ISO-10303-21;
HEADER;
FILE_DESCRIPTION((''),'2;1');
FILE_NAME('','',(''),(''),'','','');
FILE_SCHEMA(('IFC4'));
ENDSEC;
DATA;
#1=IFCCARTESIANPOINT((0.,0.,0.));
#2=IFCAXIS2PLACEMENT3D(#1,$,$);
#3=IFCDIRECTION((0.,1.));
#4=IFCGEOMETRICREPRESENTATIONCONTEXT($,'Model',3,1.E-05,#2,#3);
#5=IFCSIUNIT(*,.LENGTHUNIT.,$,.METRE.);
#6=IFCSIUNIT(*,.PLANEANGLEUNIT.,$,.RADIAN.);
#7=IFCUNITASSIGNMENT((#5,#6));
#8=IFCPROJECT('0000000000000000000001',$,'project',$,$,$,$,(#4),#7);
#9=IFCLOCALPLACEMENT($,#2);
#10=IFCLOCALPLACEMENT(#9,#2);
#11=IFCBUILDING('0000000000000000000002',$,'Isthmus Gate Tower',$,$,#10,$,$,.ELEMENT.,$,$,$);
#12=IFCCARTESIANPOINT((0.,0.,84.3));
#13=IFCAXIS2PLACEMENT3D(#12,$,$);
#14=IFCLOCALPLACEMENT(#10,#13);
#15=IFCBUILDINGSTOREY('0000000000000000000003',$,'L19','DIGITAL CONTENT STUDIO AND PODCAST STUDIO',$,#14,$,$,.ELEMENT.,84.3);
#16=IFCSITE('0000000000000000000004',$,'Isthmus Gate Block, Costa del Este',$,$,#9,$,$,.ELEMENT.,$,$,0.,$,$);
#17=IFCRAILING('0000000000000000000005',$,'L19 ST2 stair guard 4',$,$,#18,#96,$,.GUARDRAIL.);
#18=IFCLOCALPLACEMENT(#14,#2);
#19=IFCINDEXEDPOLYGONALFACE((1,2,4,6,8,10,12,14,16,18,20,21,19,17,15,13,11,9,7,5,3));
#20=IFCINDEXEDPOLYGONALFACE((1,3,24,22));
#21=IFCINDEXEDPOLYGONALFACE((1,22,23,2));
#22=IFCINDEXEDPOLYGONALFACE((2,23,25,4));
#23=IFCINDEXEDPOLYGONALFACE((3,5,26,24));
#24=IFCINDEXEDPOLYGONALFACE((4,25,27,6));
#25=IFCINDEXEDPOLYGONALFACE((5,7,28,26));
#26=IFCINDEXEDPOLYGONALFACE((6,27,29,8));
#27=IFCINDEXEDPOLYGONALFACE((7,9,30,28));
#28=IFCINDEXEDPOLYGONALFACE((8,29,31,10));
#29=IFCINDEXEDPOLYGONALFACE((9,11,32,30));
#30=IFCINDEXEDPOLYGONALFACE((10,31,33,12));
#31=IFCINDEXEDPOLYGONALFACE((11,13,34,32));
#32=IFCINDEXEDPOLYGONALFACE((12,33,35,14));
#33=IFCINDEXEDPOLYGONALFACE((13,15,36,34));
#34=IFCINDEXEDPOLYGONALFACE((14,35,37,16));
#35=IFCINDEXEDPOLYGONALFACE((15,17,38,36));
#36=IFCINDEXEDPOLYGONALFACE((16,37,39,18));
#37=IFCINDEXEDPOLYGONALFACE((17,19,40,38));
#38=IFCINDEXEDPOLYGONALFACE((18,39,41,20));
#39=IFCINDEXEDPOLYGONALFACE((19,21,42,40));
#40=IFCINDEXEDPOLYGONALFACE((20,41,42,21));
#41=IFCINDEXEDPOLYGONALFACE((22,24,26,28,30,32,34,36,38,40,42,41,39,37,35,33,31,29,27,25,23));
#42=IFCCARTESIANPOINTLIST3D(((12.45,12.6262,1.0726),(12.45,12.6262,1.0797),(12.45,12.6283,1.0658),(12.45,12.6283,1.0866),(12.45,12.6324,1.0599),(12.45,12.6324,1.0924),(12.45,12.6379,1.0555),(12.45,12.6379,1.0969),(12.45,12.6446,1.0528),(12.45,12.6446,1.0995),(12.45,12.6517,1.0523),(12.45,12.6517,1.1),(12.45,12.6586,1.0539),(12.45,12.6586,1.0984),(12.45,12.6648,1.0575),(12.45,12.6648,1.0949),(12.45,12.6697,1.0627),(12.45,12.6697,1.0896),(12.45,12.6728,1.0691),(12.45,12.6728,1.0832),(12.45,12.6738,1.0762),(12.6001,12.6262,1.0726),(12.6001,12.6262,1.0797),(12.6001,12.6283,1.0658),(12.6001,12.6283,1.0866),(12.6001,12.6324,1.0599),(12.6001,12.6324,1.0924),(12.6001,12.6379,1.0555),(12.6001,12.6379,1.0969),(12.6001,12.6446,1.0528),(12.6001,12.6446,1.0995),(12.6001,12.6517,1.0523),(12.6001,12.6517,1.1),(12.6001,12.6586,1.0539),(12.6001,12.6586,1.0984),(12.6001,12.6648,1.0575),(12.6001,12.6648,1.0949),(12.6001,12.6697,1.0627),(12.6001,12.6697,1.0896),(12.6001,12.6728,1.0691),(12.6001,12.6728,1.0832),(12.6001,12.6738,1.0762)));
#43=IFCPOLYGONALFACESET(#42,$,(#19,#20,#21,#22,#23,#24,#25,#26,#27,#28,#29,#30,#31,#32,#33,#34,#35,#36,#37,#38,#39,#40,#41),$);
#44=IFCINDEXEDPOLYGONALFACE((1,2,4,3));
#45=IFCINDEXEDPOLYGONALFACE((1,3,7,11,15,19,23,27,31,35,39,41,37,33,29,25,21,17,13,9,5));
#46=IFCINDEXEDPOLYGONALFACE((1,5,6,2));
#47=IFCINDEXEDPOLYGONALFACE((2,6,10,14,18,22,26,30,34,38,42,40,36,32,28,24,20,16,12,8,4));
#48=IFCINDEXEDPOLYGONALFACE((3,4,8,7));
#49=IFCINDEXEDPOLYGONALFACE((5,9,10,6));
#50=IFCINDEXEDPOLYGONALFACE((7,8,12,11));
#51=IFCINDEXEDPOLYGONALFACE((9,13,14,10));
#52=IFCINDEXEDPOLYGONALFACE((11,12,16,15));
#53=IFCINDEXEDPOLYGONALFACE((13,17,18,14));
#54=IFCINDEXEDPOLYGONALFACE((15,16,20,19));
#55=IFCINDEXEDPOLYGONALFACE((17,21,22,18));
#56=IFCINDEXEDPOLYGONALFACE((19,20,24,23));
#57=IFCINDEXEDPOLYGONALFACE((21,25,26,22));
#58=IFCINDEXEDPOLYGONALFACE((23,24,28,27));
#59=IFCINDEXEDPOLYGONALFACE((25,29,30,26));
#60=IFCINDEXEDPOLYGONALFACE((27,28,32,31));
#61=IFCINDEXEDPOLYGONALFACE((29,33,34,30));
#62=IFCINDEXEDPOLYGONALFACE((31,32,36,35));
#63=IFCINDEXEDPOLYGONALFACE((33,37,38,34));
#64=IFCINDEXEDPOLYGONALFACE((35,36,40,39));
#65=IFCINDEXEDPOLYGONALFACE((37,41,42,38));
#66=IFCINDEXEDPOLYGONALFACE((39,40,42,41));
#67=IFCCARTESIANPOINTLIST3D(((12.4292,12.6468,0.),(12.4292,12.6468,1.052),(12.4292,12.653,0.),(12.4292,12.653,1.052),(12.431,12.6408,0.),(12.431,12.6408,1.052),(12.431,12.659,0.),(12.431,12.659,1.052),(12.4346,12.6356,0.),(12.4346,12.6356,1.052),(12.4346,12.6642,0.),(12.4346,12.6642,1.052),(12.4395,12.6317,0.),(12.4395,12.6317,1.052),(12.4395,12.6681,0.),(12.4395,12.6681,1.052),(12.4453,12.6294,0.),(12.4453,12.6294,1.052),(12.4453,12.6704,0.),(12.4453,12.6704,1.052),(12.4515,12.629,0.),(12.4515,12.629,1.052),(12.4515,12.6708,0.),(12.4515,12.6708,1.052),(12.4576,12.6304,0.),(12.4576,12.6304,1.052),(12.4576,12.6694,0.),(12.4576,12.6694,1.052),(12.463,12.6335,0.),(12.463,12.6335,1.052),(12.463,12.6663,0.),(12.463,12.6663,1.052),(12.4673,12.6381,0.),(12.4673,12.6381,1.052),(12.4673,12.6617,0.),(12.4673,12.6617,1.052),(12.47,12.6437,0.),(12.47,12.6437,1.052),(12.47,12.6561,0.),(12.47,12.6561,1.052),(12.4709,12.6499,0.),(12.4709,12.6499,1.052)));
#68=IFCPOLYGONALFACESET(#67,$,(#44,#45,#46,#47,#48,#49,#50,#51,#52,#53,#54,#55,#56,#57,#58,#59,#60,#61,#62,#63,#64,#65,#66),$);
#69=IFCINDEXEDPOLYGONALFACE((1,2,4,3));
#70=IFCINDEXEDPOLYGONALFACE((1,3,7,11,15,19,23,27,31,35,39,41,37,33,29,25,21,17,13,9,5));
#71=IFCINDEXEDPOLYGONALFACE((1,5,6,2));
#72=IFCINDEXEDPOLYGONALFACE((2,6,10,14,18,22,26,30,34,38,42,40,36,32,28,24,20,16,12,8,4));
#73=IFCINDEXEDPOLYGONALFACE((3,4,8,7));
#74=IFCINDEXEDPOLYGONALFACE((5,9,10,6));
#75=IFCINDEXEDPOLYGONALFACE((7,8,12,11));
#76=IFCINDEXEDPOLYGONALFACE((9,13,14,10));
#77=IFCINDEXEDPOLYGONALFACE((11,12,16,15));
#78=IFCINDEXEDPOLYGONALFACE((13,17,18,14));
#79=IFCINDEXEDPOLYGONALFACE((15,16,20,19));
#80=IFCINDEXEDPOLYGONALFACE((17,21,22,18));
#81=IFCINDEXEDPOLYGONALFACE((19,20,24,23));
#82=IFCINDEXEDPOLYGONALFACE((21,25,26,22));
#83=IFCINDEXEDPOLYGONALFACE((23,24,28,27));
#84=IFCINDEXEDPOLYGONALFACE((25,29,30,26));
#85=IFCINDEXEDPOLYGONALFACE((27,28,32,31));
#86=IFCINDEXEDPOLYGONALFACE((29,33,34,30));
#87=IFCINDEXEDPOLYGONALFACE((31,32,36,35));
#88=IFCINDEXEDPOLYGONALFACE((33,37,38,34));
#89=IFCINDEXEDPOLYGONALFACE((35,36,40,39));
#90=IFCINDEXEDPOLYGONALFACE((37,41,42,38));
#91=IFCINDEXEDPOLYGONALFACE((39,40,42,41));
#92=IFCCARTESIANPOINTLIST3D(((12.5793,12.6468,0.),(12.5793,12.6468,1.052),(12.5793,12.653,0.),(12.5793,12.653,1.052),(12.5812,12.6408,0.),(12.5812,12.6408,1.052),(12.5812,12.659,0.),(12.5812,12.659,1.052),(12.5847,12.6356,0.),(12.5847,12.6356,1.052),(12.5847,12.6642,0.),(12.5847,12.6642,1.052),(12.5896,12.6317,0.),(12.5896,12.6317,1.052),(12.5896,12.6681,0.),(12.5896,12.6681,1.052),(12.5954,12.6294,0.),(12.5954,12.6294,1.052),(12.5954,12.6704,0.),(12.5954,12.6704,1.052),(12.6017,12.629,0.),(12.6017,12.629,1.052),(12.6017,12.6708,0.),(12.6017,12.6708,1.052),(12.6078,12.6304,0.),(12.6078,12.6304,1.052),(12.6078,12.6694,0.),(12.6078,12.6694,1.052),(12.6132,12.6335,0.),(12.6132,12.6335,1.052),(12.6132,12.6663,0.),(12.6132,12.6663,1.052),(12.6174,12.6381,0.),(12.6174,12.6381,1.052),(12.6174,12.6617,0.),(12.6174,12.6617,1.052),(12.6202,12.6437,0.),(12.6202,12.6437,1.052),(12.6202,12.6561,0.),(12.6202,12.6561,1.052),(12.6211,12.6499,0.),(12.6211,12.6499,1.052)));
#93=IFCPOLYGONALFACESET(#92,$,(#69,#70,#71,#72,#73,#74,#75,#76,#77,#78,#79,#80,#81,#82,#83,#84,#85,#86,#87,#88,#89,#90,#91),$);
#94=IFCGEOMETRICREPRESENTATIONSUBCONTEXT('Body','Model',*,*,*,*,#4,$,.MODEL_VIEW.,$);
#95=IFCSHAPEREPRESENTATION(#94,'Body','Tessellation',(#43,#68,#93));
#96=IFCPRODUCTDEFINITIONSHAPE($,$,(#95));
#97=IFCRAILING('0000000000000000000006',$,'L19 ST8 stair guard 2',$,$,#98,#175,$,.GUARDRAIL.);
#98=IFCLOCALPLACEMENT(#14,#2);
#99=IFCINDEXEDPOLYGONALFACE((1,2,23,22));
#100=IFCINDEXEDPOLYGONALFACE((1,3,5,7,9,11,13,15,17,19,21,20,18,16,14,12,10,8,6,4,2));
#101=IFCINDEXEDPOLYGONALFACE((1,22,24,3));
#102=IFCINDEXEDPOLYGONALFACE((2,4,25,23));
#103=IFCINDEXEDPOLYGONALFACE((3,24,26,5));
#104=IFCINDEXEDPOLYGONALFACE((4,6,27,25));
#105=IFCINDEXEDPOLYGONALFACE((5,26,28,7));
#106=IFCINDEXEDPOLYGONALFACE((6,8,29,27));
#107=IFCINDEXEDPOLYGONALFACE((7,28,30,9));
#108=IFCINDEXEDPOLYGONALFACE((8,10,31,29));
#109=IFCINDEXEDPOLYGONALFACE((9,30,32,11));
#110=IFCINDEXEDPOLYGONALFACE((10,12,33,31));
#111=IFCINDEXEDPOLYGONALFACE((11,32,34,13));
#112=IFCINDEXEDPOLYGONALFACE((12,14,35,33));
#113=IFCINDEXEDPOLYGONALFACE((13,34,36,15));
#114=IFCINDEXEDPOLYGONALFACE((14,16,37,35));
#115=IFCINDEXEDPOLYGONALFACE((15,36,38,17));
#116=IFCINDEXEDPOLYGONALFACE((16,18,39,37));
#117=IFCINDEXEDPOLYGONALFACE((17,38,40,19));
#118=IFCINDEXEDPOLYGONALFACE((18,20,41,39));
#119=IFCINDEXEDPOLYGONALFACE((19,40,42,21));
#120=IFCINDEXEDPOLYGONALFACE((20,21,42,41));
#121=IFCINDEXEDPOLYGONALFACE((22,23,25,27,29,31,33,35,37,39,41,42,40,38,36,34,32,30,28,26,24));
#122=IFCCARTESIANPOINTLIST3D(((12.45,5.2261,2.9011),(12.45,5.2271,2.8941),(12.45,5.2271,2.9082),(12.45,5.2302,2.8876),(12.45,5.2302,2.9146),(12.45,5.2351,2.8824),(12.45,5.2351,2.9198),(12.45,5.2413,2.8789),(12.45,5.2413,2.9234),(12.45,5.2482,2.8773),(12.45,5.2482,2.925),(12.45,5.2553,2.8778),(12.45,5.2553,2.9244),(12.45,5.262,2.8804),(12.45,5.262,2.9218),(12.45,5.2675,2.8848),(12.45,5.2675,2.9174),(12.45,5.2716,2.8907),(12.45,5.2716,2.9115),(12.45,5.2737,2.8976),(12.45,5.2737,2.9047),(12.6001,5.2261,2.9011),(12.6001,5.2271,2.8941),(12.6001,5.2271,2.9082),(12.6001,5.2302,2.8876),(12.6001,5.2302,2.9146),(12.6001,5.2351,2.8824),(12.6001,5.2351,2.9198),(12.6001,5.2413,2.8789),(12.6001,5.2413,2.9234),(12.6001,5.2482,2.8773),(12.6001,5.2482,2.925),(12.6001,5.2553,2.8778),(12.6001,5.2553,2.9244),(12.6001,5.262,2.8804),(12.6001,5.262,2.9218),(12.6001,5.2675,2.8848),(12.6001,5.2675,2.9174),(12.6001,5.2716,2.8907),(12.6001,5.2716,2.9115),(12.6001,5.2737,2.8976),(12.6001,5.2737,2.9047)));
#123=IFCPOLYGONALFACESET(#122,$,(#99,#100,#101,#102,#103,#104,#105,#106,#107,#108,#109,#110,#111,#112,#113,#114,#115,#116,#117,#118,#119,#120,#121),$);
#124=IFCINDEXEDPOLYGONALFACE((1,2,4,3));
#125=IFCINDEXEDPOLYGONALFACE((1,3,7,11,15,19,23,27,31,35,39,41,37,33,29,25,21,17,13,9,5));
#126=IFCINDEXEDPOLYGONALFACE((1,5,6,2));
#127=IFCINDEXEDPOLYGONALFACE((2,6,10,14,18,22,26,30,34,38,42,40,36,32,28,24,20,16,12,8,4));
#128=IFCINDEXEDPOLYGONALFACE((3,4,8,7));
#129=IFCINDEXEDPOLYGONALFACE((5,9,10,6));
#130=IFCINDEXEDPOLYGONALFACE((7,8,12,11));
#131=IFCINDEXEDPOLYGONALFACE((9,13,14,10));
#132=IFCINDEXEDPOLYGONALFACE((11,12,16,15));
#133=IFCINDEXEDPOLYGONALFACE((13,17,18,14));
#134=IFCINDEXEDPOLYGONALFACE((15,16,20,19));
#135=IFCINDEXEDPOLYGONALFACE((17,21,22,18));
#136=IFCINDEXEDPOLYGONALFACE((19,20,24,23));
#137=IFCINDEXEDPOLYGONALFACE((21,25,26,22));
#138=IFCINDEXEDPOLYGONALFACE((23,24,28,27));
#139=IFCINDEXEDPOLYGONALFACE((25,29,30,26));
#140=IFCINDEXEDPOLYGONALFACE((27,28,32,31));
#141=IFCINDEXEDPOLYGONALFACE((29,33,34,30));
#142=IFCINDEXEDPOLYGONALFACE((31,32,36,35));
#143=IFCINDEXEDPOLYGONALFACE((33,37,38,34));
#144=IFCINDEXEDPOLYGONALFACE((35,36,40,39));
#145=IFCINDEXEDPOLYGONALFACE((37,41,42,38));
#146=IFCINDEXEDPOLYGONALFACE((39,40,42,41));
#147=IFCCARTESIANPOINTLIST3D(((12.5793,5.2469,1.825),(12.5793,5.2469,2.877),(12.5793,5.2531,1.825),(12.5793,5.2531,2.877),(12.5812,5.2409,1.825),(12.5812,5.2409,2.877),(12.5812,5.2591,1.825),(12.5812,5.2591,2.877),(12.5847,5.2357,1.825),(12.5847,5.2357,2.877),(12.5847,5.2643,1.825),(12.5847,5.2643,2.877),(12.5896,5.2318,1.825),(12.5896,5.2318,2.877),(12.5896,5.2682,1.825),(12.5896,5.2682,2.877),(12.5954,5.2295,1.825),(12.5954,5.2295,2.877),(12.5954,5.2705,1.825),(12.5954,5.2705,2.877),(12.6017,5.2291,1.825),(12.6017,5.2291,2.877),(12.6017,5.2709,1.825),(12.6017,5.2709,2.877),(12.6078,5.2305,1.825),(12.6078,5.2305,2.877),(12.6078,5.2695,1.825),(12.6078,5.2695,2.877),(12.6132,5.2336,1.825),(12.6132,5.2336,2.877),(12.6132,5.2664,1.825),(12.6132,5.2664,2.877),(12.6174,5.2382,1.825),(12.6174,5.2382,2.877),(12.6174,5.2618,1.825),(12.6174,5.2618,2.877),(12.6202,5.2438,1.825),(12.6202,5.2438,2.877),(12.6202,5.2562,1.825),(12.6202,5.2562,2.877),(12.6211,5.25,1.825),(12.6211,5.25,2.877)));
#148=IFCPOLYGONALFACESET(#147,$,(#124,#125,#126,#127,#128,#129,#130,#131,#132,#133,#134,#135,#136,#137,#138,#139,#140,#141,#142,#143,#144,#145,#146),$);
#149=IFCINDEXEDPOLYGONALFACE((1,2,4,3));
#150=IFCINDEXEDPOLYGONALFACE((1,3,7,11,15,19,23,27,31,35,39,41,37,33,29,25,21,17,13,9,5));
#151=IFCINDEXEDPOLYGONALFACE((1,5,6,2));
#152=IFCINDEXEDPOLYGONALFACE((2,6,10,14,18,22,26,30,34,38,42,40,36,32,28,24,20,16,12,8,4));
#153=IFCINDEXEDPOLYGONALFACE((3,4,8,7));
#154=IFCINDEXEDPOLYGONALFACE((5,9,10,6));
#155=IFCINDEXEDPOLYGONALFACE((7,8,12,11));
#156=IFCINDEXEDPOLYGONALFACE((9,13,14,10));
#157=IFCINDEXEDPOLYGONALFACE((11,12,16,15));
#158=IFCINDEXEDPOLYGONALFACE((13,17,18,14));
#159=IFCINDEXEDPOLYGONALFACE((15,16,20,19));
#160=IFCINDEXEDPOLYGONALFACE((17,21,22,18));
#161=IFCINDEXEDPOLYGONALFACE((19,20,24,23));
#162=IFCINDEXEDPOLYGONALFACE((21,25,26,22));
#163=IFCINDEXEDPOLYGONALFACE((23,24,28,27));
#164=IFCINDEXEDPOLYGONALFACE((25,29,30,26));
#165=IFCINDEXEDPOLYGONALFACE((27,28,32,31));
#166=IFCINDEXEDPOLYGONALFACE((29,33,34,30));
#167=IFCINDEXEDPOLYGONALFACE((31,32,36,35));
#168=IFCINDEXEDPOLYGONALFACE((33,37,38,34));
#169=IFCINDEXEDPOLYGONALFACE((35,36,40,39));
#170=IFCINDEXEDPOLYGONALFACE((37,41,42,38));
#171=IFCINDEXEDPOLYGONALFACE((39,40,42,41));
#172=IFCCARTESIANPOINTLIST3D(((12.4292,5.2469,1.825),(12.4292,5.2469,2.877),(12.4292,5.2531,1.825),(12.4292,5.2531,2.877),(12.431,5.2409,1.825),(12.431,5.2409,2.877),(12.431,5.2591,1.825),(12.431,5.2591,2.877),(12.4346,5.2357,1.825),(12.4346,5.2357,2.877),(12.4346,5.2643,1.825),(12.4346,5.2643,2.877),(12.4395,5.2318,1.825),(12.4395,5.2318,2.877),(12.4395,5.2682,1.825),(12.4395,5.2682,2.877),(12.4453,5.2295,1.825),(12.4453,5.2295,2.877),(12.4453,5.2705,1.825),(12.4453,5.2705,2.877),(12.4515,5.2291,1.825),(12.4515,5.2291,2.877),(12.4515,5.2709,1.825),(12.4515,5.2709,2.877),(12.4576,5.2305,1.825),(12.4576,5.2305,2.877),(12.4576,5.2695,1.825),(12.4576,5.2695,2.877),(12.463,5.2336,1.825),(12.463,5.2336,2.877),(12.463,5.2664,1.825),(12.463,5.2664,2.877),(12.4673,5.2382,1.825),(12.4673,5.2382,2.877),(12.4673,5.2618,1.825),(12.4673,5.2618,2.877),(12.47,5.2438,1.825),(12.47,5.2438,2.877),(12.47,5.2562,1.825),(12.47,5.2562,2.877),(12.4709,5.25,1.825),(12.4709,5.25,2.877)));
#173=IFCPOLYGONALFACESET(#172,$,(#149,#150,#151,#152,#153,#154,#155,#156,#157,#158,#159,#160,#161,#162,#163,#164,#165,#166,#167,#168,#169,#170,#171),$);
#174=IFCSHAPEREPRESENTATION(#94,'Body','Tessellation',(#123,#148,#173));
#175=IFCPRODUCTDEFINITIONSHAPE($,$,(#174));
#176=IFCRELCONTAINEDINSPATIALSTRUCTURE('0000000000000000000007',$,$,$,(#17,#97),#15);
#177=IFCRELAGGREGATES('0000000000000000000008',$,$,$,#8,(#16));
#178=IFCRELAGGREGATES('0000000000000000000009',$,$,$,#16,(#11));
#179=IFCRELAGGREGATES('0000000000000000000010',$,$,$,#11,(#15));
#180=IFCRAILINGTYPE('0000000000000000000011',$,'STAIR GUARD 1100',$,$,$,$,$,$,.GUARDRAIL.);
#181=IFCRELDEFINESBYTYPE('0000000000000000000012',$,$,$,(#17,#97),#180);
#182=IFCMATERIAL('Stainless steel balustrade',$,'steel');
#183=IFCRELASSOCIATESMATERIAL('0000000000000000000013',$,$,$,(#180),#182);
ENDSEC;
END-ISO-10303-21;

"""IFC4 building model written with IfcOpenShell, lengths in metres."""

from ifc_helpers import new_model, si_unit, direction, frame, origin, origin_2d, place, context, subcontext, project, spatial, circle, extrude, material, type_object, element, save


model = new_model("IFC4")

# Units and contexts
model_context = context("Model", 3, precision=1e-05, world=origin(), true_north=direction((0.0, 1.0)))
body_context = subcontext(model_context, "Body", "Model", "MODEL_VIEW")
ifc_project = project(units=[si_unit("LENGTHUNIT", "METRE"), si_unit("PLANEANGLEUNIT", "RADIAN")], contexts=[model_context])

# Site, building, storey
site_placement = place(None, origin())
site = spatial("IfcSite", under=ifc_project, at=site_placement, Name="Isthmus Gate Block, Costa del Este", CompositionType="ELEMENT", RefElevation=0.0)
building_placement = place(site_placement, origin())
building = spatial("IfcBuilding", under=site, at=building_placement, Name="Isthmus Gate Tower", CompositionType="ELEMENT")
storey_placement = place(building_placement, frame((0.0, 0.0, 84.3)))
storey = spatial("IfcBuildingStorey", under=building, at=storey_placement, Name="L19", Description="DIGITAL CONTENT STUDIO AND PODCAST STUDIO", CompositionType="ELEMENT", Elevation=84.3)

# Railings
ifc_material_1 = material(Name="Stainless steel balustrade", Category="steel")
railing_type_1 = type_object("IfcRailingType", Name="STAIR GUARD 1100", PredefinedType="GUARDRAIL", material=ifc_material_1)
railing_1_placement = place(storey_placement, frame((12.45, 12.6499, 0.0)))
element("IfcRailing", 1, at=railing_1_placement, inside=storey, type_object=railing_type_1, Name="L19 ST2 stair guard 4", PredefinedType="GUARDRAIL", context=body_context, shape_type="SweptSolid", body=[
    extrude(circle(Radius=0.0239, at=origin_2d()), frame((0.0, 0.0, 1.0762), z_axis=(1.0, 0.0, 0.0), x_axis=(0.0, 1.0, 0.0)), (0.0, 0.0, 1.0), 0.1501),
    extrude(circle(Radius=0.021, at=origin_2d()), origin(), (0.0, 0.0, 1.0), 1.052),
    extrude(circle(Radius=0.021, at=origin_2d()), frame((0.1501, 0.0, 0.0)), (0.0, 0.0, 1.0), 1.052),
])
railing_2_placement = place(storey_placement, frame((12.6001, 5.25, 1.825)))
element("IfcRailing", 2, at=railing_2_placement, inside=storey, type_object=railing_type_1, Name="L19 ST8 stair guard 2", PredefinedType="GUARDRAIL", context=body_context, shape_type="SweptSolid", body=[
    extrude(circle(Radius=0.0239, at=origin_2d()), frame((0.0, 0.0, 1.0762), z_axis=(-1.0, 0.0, 0.0), x_axis=(0.0, -1.0, 0.0)), (0.0, 0.0, 1.0), 0.1501),
    extrude(circle(Radius=0.021, at=origin_2d()), origin(), (0.0, 0.0, 1.0), 1.052),
    extrude(circle(Radius=0.021, at=origin_2d()), frame((-0.1501, 0.0, 0.0)), (0.0, 0.0, 1.0), 1.052),
])

save(model, "model.ifc")
